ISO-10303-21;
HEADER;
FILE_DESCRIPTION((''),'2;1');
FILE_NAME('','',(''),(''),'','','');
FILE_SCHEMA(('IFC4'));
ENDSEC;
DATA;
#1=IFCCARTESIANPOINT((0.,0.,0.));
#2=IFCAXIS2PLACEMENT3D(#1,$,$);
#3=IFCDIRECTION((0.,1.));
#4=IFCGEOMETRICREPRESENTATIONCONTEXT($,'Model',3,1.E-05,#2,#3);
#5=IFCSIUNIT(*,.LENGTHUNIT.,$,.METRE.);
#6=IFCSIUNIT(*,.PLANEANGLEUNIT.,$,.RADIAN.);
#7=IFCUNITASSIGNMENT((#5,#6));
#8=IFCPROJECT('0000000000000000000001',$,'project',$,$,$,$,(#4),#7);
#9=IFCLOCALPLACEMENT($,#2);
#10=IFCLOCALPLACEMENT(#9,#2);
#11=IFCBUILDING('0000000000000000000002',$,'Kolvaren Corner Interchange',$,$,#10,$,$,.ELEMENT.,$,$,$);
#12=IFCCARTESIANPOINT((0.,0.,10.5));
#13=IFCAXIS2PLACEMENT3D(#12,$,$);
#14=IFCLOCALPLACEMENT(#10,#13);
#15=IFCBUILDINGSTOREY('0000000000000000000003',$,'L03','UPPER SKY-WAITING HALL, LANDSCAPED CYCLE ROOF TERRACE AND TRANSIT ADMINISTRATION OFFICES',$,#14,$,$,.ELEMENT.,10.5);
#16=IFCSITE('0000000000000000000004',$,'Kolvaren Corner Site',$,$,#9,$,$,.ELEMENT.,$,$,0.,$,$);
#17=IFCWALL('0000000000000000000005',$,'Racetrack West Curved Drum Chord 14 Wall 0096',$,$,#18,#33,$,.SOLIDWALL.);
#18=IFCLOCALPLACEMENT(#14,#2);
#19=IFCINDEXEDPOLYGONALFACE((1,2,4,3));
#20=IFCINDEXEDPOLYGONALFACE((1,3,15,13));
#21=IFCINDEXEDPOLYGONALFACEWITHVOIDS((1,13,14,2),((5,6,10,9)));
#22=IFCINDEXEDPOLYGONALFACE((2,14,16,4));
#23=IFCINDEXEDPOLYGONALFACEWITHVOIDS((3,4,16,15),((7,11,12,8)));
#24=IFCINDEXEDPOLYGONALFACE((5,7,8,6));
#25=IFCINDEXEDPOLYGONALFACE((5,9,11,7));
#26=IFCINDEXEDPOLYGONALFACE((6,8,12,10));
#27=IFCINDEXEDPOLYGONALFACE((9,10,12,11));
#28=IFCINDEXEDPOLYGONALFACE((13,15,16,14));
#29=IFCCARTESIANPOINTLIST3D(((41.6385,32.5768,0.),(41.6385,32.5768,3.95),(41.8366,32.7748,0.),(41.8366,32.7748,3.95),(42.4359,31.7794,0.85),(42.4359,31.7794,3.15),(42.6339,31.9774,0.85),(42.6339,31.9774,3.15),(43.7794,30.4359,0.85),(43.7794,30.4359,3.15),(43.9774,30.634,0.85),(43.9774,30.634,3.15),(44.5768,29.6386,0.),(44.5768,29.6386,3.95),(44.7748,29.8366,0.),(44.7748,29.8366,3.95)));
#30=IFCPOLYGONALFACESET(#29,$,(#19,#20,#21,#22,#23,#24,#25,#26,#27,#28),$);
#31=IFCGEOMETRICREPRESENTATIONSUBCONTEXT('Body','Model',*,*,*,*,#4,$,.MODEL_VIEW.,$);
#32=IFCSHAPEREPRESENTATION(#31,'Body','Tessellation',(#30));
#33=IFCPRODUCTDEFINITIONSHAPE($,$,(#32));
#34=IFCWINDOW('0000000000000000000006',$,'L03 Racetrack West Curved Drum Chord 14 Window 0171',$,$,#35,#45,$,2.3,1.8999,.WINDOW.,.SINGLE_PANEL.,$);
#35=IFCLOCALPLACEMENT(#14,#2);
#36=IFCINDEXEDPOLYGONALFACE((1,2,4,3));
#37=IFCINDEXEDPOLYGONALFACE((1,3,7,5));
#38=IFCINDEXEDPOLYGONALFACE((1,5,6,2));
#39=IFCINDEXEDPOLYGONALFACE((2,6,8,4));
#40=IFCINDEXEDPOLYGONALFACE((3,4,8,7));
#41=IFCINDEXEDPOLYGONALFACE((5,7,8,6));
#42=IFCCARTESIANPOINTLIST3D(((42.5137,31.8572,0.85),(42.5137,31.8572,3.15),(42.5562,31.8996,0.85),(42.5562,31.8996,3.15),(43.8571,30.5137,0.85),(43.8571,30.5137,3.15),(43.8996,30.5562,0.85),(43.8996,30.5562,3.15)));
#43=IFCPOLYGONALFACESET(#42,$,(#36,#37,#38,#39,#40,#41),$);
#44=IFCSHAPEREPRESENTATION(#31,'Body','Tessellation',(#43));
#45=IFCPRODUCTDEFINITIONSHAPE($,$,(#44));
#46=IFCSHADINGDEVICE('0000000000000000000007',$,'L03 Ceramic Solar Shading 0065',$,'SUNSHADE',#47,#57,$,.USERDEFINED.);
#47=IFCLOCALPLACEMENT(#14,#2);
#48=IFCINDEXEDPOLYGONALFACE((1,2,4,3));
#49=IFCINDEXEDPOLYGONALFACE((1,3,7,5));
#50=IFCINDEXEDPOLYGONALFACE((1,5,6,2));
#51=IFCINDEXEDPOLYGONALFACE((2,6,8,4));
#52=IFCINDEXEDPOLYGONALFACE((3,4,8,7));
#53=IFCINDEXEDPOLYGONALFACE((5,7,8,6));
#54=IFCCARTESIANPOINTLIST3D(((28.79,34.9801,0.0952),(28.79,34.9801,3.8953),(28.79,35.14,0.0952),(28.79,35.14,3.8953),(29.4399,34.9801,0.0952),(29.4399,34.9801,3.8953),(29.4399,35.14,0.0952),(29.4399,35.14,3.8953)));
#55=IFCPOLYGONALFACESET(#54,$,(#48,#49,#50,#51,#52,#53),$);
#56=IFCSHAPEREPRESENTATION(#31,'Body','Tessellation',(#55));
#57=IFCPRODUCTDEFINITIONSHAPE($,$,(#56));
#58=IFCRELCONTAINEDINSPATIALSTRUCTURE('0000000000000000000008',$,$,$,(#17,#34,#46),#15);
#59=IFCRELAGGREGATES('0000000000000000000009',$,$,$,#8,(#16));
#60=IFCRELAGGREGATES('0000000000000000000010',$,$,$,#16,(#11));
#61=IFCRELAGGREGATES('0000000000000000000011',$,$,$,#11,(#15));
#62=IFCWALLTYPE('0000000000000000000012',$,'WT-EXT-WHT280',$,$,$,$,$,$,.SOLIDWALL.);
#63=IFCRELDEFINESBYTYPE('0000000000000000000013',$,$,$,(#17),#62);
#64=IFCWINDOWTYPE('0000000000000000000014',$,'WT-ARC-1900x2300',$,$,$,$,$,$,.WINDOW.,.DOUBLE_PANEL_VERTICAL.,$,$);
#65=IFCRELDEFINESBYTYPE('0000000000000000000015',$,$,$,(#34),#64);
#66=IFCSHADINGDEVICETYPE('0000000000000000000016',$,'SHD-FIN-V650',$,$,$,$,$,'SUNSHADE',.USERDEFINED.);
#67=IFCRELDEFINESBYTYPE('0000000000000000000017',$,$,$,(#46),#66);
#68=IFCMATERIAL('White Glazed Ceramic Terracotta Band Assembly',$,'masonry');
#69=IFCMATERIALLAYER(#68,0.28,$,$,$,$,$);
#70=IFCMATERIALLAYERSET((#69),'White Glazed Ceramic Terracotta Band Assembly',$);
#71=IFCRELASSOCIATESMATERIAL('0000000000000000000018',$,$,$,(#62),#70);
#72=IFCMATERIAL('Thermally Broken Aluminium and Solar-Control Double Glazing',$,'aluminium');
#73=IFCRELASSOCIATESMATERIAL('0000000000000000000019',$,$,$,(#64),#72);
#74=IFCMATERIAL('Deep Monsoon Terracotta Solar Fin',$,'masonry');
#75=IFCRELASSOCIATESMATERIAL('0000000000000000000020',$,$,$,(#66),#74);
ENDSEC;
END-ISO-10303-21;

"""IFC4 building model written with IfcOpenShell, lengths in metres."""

from ifc_helpers import new_model, si_unit, direction, frame, frame_2d, origin, origin_2d, place, context, subcontext, project, spatial, rectangle, extrude, material, layer, layer_set, type_object, element, fill, save


model = new_model("IFC4")

# Units and contexts
model_context = context("Model", 3, precision=1e-05, world=origin(), true_north=direction((0.0, 1.0)))
body_context = subcontext(model_context, "Body", "Model", "MODEL_VIEW")
ifc_project = project(units=[si_unit("LENGTHUNIT", "METRE"), si_unit("PLANEANGLEUNIT", "RADIAN")], contexts=[model_context])

# Site, building, storey
site_placement = place(None, origin())
site = spatial("IfcSite", under=ifc_project, at=site_placement, Name="Kolvaren Corner Site", CompositionType="ELEMENT", RefElevation=0.0)
building_placement = place(site_placement, origin())
building = spatial("IfcBuilding", under=site, at=building_placement, Name="Kolvaren Corner Interchange", CompositionType="ELEMENT")
storey_placement = place(building_placement, frame((0.0, 0.0, 10.5)))
storey = spatial("IfcBuildingStorey", under=building, at=storey_placement, Name="L03", Description="UPPER SKY-WAITING HALL, LANDSCAPED CYCLE ROOF TERRACE AND TRANSIT ADMINISTRATION OFFICES", CompositionType="ELEMENT", Elevation=10.5)

# Wall, opening, window
ifc_material_1 = material(Name="White Glazed Ceramic Terracotta Band Assembly", Category="masonry")
ifc_layer = layer(ifc_material_1, 0.28)
ifc_layer_set = layer_set([ifc_layer], Name="White Glazed Ceramic Terracotta Band Assembly")
wall_type = type_object("IfcWallType", Name="WT-EXT-WHT280", PredefinedType="SOLIDWALL", material=ifc_layer_set)
ifc_material_2 = material(Name="Thermally Broken Aluminium and Solar-Control Double Glazing", Category="aluminium")
window_type_1 = type_object("IfcWindowType", Name="WT-ARC-1900x2300", PartitioningType="DOUBLE_PANEL_VERTICAL", PredefinedType="WINDOW", material=ifc_material_2)
wall_1_placement = place(storey_placement, frame((41.7375, 32.6758, 0.0), z_axis=(0.0, 0.0, 1.0), x_axis=(0.707107, -0.707107, 0.0)))
wall_1 = element("IfcWall", 1, at=wall_1_placement, inside=storey, type_object=wall_type, Name="Racetrack West Curved Drum Chord 14 Wall 0096", PredefinedType="SOLIDWALL", context=body_context, shape_type="SweptSolid", body=[
    extrude(rectangle(XDim=4.1553, YDim=0.28, at=frame_2d((2.0776, 0.0))), origin(), (0.0, 0.0, 1.0), 3.95),
])
opening_1_placement = place(wall_1_placement, frame((1.1277, 0.0, 0.8501)))
opening_1 = element("IfcOpeningElement", 2, at=opening_1_placement, cuts=wall_1, PredefinedType="OPENING", context=body_context, shape_type="SweptSolid", body=[
    extrude(rectangle(XDim=1.8999, YDim=2.3, at=frame_2d((0.95, 1.1499))), frame((0.0, 0.1499, 0.0), z_axis=(0.0, -1.0, 0.0), x_axis=(1.0, 0.0, 0.0)), (0.0, 0.0, 1.0), 0.3),
])
window_1_placement = place(opening_1_placement, origin())
window_1 = element("IfcWindow", 3, at=window_1_placement, inside=storey, type_object=window_type_1, Name="L03 Racetrack West Curved Drum Chord 14 Window 0171", OverallHeight=2.3, OverallWidth=1.8999, PartitioningType="SINGLE_PANEL", PredefinedType="WINDOW", context=body_context, shape_type="SweptSolid", body=[
    extrude(rectangle(XDim=1.8999, YDim=2.3, at=frame_2d((0.95, 1.1499))), frame((0.0, 0.03, 0.0), z_axis=(0.0, -1.0, 0.0), x_axis=(1.0, 0.0, 0.0)), (0.0, 0.0, 1.0), 0.0601),
])
fill(opening_1, window_1)

# Shading device
ifc_material_3 = material(Name="Deep Monsoon Terracotta Solar Fin", Category="masonry")
shading_device_type = type_object("IfcShadingDeviceType", Name="SHD-FIN-V650", ElementType="SUNSHADE", PredefinedType="USERDEFINED", material=ifc_material_3)
shading_device_placement = place(storey_placement, frame((29.115, 35.0601, 0.0952), z_axis=(0.0, 0.0, 1.0), x_axis=(0.0, 1.0, 0.0)))
element("IfcShadingDevice", 4, at=shading_device_placement, inside=storey, type_object=shading_device_type, Name="L03 Ceramic Solar Shading 0065", ObjectType="SUNSHADE", PredefinedType="USERDEFINED", context=body_context, shape_type="SweptSolid", body=[
    extrude(rectangle(XDim=0.1599, YDim=0.6499, at=origin_2d()), origin(), (0.0, 0.0, 1.0), 3.8),
])

save(model, "model.ifc")
